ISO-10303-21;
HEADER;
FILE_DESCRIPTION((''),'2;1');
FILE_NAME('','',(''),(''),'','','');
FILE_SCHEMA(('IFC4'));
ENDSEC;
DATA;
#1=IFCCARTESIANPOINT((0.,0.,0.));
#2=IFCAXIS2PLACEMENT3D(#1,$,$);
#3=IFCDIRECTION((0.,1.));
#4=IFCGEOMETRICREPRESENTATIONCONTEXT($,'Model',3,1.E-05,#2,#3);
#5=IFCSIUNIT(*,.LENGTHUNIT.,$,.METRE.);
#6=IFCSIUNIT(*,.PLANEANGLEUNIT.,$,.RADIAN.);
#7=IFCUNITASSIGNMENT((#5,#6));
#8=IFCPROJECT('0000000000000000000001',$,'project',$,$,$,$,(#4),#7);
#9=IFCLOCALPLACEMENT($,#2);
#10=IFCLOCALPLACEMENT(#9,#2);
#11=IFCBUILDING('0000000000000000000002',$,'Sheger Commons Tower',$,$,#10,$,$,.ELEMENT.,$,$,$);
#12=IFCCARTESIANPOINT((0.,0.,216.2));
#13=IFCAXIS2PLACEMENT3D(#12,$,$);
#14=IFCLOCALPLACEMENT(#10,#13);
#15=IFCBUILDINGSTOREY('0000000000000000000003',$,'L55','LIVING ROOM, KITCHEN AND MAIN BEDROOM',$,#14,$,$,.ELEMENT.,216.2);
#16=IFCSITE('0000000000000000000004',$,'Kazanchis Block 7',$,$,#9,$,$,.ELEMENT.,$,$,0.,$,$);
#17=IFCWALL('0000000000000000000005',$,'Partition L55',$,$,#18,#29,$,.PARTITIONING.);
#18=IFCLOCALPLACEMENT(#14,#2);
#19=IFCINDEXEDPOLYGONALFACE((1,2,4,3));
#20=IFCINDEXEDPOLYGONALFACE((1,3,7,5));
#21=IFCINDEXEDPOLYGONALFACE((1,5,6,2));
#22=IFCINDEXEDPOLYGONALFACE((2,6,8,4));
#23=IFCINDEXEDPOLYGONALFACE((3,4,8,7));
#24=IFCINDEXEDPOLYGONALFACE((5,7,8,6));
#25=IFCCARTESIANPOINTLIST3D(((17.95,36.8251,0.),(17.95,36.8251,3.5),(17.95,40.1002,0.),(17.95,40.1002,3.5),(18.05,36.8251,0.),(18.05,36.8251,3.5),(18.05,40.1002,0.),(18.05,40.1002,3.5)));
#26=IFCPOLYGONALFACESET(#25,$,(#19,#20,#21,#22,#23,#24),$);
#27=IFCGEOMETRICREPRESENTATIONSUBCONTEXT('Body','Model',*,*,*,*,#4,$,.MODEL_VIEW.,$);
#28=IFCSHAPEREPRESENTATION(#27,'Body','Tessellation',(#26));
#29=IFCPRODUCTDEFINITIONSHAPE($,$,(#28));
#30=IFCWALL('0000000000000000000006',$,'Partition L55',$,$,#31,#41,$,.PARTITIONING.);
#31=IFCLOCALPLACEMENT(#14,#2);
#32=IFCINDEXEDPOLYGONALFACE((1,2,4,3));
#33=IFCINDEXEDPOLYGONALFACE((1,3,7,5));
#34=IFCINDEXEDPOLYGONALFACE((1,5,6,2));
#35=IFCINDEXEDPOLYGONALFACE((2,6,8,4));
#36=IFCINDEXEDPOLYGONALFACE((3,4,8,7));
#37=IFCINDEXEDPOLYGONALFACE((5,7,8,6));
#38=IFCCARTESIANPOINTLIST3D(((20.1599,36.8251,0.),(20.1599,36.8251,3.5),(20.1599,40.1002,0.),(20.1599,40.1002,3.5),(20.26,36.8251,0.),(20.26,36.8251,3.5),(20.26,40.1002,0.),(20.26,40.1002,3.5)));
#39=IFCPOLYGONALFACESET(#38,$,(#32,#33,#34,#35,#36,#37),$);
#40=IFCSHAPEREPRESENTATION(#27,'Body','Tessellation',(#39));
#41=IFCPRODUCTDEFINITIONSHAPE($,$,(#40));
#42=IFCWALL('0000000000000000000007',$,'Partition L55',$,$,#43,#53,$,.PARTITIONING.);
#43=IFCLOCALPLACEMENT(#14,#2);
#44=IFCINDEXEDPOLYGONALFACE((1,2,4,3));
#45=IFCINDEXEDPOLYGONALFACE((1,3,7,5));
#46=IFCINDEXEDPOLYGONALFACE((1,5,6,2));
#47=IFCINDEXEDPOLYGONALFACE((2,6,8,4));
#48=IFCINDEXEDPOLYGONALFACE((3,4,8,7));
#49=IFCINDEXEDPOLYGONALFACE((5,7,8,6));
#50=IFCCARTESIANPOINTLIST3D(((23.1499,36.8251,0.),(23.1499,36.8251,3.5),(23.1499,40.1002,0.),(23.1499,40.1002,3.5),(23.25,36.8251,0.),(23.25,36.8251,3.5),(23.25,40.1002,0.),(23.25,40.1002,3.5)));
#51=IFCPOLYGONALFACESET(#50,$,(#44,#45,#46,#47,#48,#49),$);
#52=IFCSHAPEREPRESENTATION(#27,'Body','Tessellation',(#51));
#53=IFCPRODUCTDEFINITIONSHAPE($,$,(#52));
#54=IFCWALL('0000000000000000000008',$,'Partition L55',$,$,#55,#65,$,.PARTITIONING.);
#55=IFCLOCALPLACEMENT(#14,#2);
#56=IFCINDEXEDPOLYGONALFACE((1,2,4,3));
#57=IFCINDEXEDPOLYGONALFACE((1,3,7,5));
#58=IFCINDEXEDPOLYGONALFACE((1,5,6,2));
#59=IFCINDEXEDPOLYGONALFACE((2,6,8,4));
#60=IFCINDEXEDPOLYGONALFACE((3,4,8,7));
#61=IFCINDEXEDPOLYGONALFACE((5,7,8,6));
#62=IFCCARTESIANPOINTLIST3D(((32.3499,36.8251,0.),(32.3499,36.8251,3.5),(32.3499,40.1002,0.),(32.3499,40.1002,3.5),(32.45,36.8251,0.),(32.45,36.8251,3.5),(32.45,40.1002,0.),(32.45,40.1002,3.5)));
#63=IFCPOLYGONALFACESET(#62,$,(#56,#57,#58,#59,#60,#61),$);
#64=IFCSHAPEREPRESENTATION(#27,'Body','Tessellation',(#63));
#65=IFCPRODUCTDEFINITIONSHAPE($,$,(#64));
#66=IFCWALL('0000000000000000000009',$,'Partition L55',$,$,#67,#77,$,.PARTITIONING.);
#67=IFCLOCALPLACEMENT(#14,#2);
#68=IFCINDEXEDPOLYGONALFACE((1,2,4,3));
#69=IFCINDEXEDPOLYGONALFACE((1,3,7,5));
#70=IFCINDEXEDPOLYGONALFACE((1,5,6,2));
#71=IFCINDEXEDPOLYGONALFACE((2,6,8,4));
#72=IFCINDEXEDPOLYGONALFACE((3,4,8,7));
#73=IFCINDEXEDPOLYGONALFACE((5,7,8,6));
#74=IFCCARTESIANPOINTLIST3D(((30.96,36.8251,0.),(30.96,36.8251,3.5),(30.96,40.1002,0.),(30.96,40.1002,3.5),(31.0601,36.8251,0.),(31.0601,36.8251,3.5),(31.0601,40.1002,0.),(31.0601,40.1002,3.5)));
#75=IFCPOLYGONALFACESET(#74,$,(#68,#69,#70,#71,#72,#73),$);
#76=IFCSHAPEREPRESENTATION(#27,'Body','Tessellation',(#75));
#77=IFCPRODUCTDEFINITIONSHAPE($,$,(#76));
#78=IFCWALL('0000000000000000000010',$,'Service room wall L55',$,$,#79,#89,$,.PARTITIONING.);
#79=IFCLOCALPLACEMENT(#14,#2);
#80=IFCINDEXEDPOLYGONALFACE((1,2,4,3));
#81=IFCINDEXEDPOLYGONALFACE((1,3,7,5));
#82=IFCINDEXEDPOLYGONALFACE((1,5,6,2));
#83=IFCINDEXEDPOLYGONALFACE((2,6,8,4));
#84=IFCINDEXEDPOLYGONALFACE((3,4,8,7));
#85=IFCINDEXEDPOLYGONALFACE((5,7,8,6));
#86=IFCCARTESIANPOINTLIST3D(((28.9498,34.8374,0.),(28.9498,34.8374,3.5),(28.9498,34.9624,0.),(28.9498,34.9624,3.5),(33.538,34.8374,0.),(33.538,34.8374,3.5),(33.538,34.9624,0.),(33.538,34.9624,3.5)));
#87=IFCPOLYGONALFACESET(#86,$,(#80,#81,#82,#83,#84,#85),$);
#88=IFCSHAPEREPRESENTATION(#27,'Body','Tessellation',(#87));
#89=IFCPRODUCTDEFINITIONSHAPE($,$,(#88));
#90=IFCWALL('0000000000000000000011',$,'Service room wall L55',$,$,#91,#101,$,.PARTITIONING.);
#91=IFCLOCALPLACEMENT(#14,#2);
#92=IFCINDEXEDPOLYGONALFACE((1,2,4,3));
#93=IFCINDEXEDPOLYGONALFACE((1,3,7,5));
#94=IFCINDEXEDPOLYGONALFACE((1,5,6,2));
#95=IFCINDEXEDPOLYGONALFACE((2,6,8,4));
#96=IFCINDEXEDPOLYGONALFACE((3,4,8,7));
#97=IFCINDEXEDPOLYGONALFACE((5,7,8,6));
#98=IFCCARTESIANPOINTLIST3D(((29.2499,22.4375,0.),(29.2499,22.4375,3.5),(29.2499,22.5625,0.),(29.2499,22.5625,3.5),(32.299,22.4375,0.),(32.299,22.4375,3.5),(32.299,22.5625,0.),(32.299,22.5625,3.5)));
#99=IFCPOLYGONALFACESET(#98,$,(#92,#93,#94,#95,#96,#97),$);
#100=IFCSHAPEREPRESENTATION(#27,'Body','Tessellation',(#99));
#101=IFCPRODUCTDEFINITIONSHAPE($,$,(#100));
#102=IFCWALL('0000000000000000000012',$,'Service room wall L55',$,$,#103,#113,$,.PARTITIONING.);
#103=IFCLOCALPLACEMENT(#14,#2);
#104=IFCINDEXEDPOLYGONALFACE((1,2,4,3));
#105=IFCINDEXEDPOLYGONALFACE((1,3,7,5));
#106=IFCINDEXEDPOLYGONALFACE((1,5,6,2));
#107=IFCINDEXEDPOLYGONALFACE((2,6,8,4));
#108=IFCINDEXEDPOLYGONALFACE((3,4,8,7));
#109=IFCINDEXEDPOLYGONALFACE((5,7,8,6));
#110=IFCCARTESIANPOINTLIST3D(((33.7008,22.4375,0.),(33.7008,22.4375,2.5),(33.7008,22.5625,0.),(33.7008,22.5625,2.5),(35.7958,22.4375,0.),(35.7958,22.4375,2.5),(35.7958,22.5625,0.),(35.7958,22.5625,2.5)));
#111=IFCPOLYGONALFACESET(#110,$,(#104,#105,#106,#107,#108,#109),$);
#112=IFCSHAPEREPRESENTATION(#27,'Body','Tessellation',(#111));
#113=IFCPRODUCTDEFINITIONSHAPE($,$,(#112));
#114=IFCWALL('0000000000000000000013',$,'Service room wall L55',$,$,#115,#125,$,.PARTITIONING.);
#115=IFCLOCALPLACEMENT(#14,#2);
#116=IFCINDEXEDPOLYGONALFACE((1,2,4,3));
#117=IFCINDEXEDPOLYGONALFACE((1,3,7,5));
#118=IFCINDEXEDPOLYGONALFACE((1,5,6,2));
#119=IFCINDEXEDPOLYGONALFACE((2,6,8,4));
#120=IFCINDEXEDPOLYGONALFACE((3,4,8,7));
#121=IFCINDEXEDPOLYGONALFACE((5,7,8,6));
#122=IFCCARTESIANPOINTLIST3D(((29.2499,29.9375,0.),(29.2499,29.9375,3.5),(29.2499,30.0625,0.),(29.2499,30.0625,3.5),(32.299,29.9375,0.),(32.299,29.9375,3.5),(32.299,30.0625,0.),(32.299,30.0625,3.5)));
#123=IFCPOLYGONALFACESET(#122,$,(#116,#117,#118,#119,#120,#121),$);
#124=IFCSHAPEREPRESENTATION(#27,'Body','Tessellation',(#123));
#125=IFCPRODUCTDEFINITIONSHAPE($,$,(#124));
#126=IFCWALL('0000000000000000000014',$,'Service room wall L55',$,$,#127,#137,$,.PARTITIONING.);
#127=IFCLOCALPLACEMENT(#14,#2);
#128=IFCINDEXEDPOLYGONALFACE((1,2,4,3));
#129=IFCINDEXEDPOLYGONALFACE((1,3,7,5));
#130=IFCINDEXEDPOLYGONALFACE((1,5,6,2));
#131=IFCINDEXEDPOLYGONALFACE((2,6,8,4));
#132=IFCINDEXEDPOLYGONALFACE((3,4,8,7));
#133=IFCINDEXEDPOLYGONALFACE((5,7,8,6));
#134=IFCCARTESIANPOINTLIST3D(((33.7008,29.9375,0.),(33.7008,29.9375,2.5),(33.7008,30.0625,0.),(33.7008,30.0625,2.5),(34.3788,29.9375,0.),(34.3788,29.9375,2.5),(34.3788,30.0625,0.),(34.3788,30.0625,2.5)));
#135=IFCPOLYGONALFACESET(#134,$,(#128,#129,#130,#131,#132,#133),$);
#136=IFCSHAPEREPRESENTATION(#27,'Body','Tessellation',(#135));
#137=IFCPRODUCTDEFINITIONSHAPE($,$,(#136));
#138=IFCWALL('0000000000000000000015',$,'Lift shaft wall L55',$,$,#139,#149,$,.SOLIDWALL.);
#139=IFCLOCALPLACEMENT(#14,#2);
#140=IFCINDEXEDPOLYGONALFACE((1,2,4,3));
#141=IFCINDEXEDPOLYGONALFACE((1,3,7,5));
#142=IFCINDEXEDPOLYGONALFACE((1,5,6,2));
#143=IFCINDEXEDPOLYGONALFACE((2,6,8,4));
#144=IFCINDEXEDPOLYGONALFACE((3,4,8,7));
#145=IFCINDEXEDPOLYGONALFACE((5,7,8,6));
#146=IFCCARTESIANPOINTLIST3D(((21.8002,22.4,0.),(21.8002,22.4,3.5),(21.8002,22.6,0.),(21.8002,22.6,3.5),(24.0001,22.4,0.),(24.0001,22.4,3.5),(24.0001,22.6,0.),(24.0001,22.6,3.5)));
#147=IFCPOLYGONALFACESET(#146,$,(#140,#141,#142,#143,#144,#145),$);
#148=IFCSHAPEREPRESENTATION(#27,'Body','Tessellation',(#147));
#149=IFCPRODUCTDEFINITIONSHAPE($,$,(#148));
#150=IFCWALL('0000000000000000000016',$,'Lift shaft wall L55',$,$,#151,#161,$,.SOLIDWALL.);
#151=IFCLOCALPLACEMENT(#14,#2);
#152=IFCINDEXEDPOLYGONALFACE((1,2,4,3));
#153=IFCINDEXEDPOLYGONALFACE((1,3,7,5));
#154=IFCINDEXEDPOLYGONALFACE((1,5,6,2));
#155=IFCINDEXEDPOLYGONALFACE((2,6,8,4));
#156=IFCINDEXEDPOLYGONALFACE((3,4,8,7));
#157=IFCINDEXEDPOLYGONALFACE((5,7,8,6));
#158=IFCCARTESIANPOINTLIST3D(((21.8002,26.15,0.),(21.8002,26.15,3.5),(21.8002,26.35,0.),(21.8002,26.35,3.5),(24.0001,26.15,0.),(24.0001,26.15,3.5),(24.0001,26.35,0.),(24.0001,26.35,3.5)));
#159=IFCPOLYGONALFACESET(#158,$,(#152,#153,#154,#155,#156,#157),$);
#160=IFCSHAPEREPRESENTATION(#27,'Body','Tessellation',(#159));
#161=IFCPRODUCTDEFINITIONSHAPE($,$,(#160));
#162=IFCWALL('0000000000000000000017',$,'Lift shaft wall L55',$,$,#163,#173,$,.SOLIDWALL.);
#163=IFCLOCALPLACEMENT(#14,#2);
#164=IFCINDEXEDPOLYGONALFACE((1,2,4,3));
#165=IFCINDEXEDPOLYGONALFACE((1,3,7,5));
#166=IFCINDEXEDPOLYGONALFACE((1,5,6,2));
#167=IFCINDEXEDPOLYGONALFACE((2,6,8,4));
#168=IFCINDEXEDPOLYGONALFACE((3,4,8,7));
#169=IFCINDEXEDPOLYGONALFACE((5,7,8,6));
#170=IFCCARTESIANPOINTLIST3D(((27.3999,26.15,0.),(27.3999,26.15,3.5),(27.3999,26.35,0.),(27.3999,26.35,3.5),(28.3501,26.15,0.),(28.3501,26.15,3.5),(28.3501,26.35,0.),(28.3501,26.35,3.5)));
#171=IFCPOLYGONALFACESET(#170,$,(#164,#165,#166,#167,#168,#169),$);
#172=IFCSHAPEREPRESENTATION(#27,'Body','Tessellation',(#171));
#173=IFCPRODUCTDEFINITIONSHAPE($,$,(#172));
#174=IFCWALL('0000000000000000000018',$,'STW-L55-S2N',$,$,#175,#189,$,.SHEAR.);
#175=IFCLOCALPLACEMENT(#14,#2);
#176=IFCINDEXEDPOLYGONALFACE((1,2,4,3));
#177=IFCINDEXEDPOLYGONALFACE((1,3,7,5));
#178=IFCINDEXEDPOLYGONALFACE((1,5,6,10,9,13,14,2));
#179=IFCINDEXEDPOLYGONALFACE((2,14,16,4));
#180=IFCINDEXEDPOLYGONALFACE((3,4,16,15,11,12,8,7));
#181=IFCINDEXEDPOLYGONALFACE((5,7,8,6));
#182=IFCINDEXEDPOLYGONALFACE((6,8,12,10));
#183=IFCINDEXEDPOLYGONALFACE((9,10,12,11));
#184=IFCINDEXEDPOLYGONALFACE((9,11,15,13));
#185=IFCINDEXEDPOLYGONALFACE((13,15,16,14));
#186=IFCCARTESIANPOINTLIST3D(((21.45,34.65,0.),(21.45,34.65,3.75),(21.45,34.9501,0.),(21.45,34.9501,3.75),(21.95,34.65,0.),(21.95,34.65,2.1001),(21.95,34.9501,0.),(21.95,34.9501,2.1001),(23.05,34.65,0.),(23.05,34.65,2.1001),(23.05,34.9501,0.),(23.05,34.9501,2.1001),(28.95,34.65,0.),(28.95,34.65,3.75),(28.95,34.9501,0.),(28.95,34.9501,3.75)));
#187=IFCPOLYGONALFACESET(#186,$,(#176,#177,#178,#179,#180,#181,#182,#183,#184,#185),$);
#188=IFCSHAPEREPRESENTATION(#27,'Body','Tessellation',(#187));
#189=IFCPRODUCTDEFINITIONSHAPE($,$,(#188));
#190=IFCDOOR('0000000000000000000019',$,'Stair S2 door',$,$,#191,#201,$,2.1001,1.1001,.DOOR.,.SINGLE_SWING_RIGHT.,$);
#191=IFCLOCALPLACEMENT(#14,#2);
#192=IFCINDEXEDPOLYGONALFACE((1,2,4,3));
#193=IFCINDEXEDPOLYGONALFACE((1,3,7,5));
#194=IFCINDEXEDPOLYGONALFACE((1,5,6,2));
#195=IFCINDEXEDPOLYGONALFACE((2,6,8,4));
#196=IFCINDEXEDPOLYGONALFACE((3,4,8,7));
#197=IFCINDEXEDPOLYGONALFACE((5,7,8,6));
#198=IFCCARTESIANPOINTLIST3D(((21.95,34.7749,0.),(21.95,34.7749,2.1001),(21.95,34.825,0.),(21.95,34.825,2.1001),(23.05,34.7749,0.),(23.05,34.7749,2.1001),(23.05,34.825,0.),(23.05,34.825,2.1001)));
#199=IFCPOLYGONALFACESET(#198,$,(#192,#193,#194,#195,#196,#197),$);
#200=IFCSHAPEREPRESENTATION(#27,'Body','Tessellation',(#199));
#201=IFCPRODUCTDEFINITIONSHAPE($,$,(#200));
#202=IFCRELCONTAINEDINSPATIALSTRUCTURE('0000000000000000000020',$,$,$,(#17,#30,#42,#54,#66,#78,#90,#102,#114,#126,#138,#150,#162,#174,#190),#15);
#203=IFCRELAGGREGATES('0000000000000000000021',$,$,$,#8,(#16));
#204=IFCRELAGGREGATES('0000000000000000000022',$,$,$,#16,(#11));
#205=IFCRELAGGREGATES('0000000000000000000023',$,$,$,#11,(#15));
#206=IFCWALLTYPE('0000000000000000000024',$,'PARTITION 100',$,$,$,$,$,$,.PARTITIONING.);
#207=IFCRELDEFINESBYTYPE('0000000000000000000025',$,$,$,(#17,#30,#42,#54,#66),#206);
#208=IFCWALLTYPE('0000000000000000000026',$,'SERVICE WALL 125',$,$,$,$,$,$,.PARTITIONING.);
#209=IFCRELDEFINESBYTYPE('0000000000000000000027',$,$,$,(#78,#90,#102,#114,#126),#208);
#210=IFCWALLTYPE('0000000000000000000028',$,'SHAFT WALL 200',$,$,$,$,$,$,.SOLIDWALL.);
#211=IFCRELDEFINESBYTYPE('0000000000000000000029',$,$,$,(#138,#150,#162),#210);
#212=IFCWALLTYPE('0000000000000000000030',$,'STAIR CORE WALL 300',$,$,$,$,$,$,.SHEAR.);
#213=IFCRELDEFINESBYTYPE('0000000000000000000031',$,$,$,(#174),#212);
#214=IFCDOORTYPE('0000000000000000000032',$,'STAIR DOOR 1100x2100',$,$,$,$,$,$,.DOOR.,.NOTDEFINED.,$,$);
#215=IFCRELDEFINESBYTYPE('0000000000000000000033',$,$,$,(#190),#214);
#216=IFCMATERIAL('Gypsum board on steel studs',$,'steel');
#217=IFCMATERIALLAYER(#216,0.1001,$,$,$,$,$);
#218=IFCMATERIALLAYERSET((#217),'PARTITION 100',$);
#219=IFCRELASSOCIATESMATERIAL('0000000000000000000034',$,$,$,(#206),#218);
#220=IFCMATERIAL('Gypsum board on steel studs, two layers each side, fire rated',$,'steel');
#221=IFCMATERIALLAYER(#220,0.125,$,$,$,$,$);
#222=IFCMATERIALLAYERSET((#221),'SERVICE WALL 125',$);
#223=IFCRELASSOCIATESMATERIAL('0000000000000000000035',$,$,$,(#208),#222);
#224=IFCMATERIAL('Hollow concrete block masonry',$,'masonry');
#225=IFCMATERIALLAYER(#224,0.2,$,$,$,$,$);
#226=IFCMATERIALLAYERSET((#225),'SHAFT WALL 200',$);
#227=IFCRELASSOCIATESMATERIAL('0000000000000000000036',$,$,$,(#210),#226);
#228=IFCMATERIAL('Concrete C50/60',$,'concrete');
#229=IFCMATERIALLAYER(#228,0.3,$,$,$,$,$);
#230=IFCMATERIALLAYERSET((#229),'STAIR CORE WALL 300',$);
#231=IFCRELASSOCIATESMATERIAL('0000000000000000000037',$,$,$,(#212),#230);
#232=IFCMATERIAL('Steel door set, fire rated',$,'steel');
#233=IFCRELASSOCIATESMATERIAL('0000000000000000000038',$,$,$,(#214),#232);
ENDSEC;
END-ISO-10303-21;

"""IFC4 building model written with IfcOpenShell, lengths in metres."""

from ifc_helpers import new_model, si_unit, direction, frame, frame_2d, origin, place, context, subcontext, project, spatial, rectangle, extrude, material, layer, layer_set, type_object, element, fill, save


model = new_model("IFC4")

# Units and contexts
model_context = context("Model", 3, precision=1e-05, world=origin(), true_north=direction((0.0, 1.0)))
body_context = subcontext(model_context, "Body", "Model", "MODEL_VIEW")
ifc_project = project(units=[si_unit("LENGTHUNIT", "METRE"), si_unit("PLANEANGLEUNIT", "RADIAN")], contexts=[model_context])

# Site, building, storey
site_placement = place(None, origin())
site = spatial("IfcSite", under=ifc_project, at=site_placement, Name="Kazanchis Block 7", CompositionType="ELEMENT", RefElevation=0.0)
building_placement = place(site_placement, origin())
building = spatial("IfcBuilding", under=site, at=building_placement, Name="Sheger Commons Tower", CompositionType="ELEMENT")
storey_placement = place(building_placement, frame((0.0, 0.0, 216.2)))
storey = spatial("IfcBuildingStorey", under=building, at=storey_placement, Name="L55", Description="LIVING ROOM, KITCHEN AND MAIN BEDROOM", CompositionType="ELEMENT", Elevation=216.2)

# Walls
ifc_material_1 = material(Name="Gypsum board on steel studs", Category="steel")
ifc_layer_1 = layer(ifc_material_1, 0.1001)
ifc_layer_set_1 = layer_set([ifc_layer_1], Name="PARTITION 100")
wall_type_1 = type_object("IfcWallType", Name="PARTITION 100", PredefinedType="PARTITIONING", material=ifc_layer_set_1)
for number, where, z_axis, x_axis, name in (
    (1, (18.0, 36.825, 0.0), (0.0, 0.0, 1.0), (0.0, 1.0, 0.0), "Partition L55"),
    (2, (20.21, 36.825, 0.0), (0.0, 0.0, 1.0), (0.0, 1.0, 0.0), "Partition L55"),
    (3, (23.2, 36.825, 0.0), (0.0, 0.0, 1.0), (0.0, 1.0, 0.0), "Partition L55"),
    (4, (32.3999, 36.825, 0.0), (0.0, 0.0, 1.0), (0.0, 1.0, 0.0), "Partition L55"),
    (5, (31.01, 36.825, 0.0), (0.0, 0.0, 1.0), (0.0, 1.0, 0.0), "Partition L55"),
):
    element("IfcWall", number, at=place(storey_placement, frame(where, z_axis=z_axis, x_axis=x_axis)), inside=storey, type_object=wall_type_1, Name=name, PredefinedType="PARTITIONING", context=body_context, shape_type="SweptSolid", body=[
        extrude(rectangle(XDim=3.2751, YDim=0.1001, at=frame_2d((1.6377, 0.0))), origin(), (0.0, 0.0, 1.0), 3.5),
    ])
ifc_material_2 = material(Name="Gypsum board on steel studs, two layers each side, fire rated", Category="steel")
ifc_layer_2 = layer(ifc_material_2, 0.125)
ifc_layer_set_2 = layer_set([ifc_layer_2], Name="SERVICE WALL 125")
wall_type_2 = type_object("IfcWallType", Name="SERVICE WALL 125", PredefinedType="PARTITIONING", material=ifc_layer_set_2)
wall_1_placement = place(storey_placement, frame((28.95, 34.8999, 0.0), z_axis=(0.0, 0.0, 1.0), x_axis=(1.0, 0.0, 0.0)))
element("IfcWall", 6, at=wall_1_placement, inside=storey, type_object=wall_type_2, Name="Service room wall L55", PredefinedType="PARTITIONING", context=body_context, shape_type="SweptSolid", body=[
    extrude(rectangle(XDim=4.5881, YDim=0.125, at=frame_2d((2.2939, 0.0))), origin(), (0.0, 0.0, 1.0), 3.5),
])
wall_2_placement = place(storey_placement, frame((29.25, 22.5, 0.0), z_axis=(0.0, 0.0, 1.0), x_axis=(1.0, 0.0, 0.0)))
element("IfcWall", 7, at=wall_2_placement, inside=storey, type_object=wall_type_2, Name="Service room wall L55", PredefinedType="PARTITIONING", context=body_context, shape_type="SweptSolid", body=[
    extrude(rectangle(XDim=3.0491, YDim=0.125, at=frame_2d((1.5244, 0.0))), origin(), (0.0, 0.0, 1.0), 3.5),
])
wall_3_placement = place(storey_placement, frame((33.7009, 22.5, 0.0), z_axis=(0.0, 0.0, 1.0), x_axis=(1.0, 0.0, 0.0)))
element("IfcWall", 8, at=wall_3_placement, inside=storey, type_object=wall_type_2, Name="Service room wall L55", PredefinedType="PARTITIONING", context=body_context, shape_type="SweptSolid", body=[
    extrude(rectangle(XDim=2.095, YDim=0.125, at=frame_2d((1.0474, 0.0))), origin(), (0.0, 0.0, 1.0), 2.5),
])
wall_4_placement = place(storey_placement, frame((29.25, 30.0, 0.0), z_axis=(0.0, 0.0, 1.0), x_axis=(1.0, 0.0, 0.0)))
element("IfcWall", 9, at=wall_4_placement, inside=storey, type_object=wall_type_2, Name="Service room wall L55", PredefinedType="PARTITIONING", context=body_context, shape_type="SweptSolid", body=[
    extrude(rectangle(XDim=3.0491, YDim=0.125, at=frame_2d((1.5244, 0.0))), origin(), (0.0, 0.0, 1.0), 3.5),
])
wall_5_placement = place(storey_placement, frame((33.7009, 30.0, 0.0), z_axis=(0.0, 0.0, 1.0), x_axis=(1.0, 0.0, 0.0)))
element("IfcWall", 10, at=wall_5_placement, inside=storey, type_object=wall_type_2, Name="Service room wall L55", PredefinedType="PARTITIONING", context=body_context, shape_type="SweptSolid", body=[
    extrude(rectangle(XDim=0.678, YDim=0.125, at=frame_2d((0.3389, 0.0))), origin(), (0.0, 0.0, 1.0), 2.5),
])
ifc_material_3 = material(Name="Hollow concrete block masonry", Category="masonry")
ifc_layer_3 = layer(ifc_material_3, 0.2)
ifc_layer_set_3 = layer_set([ifc_layer_3], Name="SHAFT WALL 200")
wall_type_3 = type_object("IfcWallType", Name="SHAFT WALL 200", PredefinedType="SOLIDWALL", material=ifc_layer_set_3)
for number, where, z_axis, x_axis, name in (
    (11, (21.8, 22.5, 0.0), (0.0, 0.0, 1.0), (1.0, 0.0, 0.0), "Lift shaft wall L55"),
    (12, (21.8, 26.25, 0.0), (0.0, 0.0, 1.0), (1.0, 0.0, 0.0), "Lift shaft wall L55"),
):
    element("IfcWall", number, at=place(storey_placement, frame(where, z_axis=z_axis, x_axis=x_axis)), inside=storey, type_object=wall_type_3, Name=name, PredefinedType="SOLIDWALL", context=body_context, shape_type="SweptSolid", body=[
        extrude(rectangle(XDim=2.2, YDim=0.2, at=frame_2d((1.1001, 0.0))), origin(), (0.0, 0.0, 1.0), 3.5),
    ])
wall_6_placement = place(storey_placement, frame((27.3999, 26.25, 0.0), z_axis=(0.0, 0.0, 1.0), x_axis=(1.0, 0.0, 0.0)))
element("IfcWall", 13, at=wall_6_placement, inside=storey, type_object=wall_type_3, Name="Lift shaft wall L55", PredefinedType="SOLIDWALL", context=body_context, shape_type="SweptSolid", body=[
    extrude(rectangle(XDim=0.9502, YDim=0.2, at=frame_2d((0.4751, 0.0))), origin(), (0.0, 0.0, 1.0), 3.5),
])

# Wall, opening, door
ifc_material_4 = material(Name="Concrete C50/60", Category="concrete")
ifc_layer_4 = layer(ifc_material_4, 0.3)
ifc_layer_set_4 = layer_set([ifc_layer_4], Name="STAIR CORE WALL 300")
wall_type_4 = type_object("IfcWallType", Name="STAIR CORE WALL 300", PredefinedType="SHEAR", material=ifc_layer_set_4)
wall_7_placement = place(storey_placement, frame((21.45, 34.8, 0.0), z_axis=(0.0, 0.0, 1.0), x_axis=(1.0, 0.0, 0.0)))
wall_7 = element("IfcWall", 14, at=wall_7_placement, inside=storey, type_object=wall_type_4, Name="STW-L55-S2N", PredefinedType="SHEAR", context=body_context, shape_type="SweptSolid", body=[
    extrude(rectangle(XDim=7.5, YDim=0.3, at=frame_2d((3.75, 0.0))), origin(), (0.0, 0.0, 1.0), 3.75),
])
opening_1_placement = place(wall_7_placement, frame((0.5, 0.0, 0.0)))
opening_1 = element("IfcOpeningElement", 15, at=opening_1_placement, cuts=wall_7, PredefinedType="OPENING", context=body_context, shape_type="SweptSolid", body=[
    extrude(rectangle(XDim=1.1001, YDim=2.1001, at=frame_2d((0.55, 1.05))), frame((0.0, 0.1599, 0.0), z_axis=(0.0, -1.0, 0.0), x_axis=(1.0, 0.0, 0.0)), (0.0, 0.0, 1.0), 0.3201),
])
ifc_material_5 = material(Name="Steel door set, fire rated", Category="steel")
door_type_1 = type_object("IfcDoorType", Name="STAIR DOOR 1100x2100", OperationType="NOTDEFINED", PredefinedType="DOOR", material=ifc_material_5)
door_1_placement = place(opening_1_placement, origin())
door_1 = element("IfcDoor", 16, at=door_1_placement, inside=storey, type_object=door_type_1, Name="Stair S2 door", OperationType="SINGLE_SWING_RIGHT", OverallHeight=2.1001, OverallWidth=1.1001, PredefinedType="DOOR", context=body_context, shape_type="SweptSolid", body=[
    extrude(rectangle(XDim=1.1001, YDim=2.1001, at=frame_2d((0.55, 1.05))), frame((0.0, 0.0249, 0.0), z_axis=(0.0, -1.0, 0.0), x_axis=(1.0, 0.0, 0.0)), (0.0, 0.0, 1.0), 0.05),
])
fill(opening_1, door_1)

save(model, "model.ifc")
